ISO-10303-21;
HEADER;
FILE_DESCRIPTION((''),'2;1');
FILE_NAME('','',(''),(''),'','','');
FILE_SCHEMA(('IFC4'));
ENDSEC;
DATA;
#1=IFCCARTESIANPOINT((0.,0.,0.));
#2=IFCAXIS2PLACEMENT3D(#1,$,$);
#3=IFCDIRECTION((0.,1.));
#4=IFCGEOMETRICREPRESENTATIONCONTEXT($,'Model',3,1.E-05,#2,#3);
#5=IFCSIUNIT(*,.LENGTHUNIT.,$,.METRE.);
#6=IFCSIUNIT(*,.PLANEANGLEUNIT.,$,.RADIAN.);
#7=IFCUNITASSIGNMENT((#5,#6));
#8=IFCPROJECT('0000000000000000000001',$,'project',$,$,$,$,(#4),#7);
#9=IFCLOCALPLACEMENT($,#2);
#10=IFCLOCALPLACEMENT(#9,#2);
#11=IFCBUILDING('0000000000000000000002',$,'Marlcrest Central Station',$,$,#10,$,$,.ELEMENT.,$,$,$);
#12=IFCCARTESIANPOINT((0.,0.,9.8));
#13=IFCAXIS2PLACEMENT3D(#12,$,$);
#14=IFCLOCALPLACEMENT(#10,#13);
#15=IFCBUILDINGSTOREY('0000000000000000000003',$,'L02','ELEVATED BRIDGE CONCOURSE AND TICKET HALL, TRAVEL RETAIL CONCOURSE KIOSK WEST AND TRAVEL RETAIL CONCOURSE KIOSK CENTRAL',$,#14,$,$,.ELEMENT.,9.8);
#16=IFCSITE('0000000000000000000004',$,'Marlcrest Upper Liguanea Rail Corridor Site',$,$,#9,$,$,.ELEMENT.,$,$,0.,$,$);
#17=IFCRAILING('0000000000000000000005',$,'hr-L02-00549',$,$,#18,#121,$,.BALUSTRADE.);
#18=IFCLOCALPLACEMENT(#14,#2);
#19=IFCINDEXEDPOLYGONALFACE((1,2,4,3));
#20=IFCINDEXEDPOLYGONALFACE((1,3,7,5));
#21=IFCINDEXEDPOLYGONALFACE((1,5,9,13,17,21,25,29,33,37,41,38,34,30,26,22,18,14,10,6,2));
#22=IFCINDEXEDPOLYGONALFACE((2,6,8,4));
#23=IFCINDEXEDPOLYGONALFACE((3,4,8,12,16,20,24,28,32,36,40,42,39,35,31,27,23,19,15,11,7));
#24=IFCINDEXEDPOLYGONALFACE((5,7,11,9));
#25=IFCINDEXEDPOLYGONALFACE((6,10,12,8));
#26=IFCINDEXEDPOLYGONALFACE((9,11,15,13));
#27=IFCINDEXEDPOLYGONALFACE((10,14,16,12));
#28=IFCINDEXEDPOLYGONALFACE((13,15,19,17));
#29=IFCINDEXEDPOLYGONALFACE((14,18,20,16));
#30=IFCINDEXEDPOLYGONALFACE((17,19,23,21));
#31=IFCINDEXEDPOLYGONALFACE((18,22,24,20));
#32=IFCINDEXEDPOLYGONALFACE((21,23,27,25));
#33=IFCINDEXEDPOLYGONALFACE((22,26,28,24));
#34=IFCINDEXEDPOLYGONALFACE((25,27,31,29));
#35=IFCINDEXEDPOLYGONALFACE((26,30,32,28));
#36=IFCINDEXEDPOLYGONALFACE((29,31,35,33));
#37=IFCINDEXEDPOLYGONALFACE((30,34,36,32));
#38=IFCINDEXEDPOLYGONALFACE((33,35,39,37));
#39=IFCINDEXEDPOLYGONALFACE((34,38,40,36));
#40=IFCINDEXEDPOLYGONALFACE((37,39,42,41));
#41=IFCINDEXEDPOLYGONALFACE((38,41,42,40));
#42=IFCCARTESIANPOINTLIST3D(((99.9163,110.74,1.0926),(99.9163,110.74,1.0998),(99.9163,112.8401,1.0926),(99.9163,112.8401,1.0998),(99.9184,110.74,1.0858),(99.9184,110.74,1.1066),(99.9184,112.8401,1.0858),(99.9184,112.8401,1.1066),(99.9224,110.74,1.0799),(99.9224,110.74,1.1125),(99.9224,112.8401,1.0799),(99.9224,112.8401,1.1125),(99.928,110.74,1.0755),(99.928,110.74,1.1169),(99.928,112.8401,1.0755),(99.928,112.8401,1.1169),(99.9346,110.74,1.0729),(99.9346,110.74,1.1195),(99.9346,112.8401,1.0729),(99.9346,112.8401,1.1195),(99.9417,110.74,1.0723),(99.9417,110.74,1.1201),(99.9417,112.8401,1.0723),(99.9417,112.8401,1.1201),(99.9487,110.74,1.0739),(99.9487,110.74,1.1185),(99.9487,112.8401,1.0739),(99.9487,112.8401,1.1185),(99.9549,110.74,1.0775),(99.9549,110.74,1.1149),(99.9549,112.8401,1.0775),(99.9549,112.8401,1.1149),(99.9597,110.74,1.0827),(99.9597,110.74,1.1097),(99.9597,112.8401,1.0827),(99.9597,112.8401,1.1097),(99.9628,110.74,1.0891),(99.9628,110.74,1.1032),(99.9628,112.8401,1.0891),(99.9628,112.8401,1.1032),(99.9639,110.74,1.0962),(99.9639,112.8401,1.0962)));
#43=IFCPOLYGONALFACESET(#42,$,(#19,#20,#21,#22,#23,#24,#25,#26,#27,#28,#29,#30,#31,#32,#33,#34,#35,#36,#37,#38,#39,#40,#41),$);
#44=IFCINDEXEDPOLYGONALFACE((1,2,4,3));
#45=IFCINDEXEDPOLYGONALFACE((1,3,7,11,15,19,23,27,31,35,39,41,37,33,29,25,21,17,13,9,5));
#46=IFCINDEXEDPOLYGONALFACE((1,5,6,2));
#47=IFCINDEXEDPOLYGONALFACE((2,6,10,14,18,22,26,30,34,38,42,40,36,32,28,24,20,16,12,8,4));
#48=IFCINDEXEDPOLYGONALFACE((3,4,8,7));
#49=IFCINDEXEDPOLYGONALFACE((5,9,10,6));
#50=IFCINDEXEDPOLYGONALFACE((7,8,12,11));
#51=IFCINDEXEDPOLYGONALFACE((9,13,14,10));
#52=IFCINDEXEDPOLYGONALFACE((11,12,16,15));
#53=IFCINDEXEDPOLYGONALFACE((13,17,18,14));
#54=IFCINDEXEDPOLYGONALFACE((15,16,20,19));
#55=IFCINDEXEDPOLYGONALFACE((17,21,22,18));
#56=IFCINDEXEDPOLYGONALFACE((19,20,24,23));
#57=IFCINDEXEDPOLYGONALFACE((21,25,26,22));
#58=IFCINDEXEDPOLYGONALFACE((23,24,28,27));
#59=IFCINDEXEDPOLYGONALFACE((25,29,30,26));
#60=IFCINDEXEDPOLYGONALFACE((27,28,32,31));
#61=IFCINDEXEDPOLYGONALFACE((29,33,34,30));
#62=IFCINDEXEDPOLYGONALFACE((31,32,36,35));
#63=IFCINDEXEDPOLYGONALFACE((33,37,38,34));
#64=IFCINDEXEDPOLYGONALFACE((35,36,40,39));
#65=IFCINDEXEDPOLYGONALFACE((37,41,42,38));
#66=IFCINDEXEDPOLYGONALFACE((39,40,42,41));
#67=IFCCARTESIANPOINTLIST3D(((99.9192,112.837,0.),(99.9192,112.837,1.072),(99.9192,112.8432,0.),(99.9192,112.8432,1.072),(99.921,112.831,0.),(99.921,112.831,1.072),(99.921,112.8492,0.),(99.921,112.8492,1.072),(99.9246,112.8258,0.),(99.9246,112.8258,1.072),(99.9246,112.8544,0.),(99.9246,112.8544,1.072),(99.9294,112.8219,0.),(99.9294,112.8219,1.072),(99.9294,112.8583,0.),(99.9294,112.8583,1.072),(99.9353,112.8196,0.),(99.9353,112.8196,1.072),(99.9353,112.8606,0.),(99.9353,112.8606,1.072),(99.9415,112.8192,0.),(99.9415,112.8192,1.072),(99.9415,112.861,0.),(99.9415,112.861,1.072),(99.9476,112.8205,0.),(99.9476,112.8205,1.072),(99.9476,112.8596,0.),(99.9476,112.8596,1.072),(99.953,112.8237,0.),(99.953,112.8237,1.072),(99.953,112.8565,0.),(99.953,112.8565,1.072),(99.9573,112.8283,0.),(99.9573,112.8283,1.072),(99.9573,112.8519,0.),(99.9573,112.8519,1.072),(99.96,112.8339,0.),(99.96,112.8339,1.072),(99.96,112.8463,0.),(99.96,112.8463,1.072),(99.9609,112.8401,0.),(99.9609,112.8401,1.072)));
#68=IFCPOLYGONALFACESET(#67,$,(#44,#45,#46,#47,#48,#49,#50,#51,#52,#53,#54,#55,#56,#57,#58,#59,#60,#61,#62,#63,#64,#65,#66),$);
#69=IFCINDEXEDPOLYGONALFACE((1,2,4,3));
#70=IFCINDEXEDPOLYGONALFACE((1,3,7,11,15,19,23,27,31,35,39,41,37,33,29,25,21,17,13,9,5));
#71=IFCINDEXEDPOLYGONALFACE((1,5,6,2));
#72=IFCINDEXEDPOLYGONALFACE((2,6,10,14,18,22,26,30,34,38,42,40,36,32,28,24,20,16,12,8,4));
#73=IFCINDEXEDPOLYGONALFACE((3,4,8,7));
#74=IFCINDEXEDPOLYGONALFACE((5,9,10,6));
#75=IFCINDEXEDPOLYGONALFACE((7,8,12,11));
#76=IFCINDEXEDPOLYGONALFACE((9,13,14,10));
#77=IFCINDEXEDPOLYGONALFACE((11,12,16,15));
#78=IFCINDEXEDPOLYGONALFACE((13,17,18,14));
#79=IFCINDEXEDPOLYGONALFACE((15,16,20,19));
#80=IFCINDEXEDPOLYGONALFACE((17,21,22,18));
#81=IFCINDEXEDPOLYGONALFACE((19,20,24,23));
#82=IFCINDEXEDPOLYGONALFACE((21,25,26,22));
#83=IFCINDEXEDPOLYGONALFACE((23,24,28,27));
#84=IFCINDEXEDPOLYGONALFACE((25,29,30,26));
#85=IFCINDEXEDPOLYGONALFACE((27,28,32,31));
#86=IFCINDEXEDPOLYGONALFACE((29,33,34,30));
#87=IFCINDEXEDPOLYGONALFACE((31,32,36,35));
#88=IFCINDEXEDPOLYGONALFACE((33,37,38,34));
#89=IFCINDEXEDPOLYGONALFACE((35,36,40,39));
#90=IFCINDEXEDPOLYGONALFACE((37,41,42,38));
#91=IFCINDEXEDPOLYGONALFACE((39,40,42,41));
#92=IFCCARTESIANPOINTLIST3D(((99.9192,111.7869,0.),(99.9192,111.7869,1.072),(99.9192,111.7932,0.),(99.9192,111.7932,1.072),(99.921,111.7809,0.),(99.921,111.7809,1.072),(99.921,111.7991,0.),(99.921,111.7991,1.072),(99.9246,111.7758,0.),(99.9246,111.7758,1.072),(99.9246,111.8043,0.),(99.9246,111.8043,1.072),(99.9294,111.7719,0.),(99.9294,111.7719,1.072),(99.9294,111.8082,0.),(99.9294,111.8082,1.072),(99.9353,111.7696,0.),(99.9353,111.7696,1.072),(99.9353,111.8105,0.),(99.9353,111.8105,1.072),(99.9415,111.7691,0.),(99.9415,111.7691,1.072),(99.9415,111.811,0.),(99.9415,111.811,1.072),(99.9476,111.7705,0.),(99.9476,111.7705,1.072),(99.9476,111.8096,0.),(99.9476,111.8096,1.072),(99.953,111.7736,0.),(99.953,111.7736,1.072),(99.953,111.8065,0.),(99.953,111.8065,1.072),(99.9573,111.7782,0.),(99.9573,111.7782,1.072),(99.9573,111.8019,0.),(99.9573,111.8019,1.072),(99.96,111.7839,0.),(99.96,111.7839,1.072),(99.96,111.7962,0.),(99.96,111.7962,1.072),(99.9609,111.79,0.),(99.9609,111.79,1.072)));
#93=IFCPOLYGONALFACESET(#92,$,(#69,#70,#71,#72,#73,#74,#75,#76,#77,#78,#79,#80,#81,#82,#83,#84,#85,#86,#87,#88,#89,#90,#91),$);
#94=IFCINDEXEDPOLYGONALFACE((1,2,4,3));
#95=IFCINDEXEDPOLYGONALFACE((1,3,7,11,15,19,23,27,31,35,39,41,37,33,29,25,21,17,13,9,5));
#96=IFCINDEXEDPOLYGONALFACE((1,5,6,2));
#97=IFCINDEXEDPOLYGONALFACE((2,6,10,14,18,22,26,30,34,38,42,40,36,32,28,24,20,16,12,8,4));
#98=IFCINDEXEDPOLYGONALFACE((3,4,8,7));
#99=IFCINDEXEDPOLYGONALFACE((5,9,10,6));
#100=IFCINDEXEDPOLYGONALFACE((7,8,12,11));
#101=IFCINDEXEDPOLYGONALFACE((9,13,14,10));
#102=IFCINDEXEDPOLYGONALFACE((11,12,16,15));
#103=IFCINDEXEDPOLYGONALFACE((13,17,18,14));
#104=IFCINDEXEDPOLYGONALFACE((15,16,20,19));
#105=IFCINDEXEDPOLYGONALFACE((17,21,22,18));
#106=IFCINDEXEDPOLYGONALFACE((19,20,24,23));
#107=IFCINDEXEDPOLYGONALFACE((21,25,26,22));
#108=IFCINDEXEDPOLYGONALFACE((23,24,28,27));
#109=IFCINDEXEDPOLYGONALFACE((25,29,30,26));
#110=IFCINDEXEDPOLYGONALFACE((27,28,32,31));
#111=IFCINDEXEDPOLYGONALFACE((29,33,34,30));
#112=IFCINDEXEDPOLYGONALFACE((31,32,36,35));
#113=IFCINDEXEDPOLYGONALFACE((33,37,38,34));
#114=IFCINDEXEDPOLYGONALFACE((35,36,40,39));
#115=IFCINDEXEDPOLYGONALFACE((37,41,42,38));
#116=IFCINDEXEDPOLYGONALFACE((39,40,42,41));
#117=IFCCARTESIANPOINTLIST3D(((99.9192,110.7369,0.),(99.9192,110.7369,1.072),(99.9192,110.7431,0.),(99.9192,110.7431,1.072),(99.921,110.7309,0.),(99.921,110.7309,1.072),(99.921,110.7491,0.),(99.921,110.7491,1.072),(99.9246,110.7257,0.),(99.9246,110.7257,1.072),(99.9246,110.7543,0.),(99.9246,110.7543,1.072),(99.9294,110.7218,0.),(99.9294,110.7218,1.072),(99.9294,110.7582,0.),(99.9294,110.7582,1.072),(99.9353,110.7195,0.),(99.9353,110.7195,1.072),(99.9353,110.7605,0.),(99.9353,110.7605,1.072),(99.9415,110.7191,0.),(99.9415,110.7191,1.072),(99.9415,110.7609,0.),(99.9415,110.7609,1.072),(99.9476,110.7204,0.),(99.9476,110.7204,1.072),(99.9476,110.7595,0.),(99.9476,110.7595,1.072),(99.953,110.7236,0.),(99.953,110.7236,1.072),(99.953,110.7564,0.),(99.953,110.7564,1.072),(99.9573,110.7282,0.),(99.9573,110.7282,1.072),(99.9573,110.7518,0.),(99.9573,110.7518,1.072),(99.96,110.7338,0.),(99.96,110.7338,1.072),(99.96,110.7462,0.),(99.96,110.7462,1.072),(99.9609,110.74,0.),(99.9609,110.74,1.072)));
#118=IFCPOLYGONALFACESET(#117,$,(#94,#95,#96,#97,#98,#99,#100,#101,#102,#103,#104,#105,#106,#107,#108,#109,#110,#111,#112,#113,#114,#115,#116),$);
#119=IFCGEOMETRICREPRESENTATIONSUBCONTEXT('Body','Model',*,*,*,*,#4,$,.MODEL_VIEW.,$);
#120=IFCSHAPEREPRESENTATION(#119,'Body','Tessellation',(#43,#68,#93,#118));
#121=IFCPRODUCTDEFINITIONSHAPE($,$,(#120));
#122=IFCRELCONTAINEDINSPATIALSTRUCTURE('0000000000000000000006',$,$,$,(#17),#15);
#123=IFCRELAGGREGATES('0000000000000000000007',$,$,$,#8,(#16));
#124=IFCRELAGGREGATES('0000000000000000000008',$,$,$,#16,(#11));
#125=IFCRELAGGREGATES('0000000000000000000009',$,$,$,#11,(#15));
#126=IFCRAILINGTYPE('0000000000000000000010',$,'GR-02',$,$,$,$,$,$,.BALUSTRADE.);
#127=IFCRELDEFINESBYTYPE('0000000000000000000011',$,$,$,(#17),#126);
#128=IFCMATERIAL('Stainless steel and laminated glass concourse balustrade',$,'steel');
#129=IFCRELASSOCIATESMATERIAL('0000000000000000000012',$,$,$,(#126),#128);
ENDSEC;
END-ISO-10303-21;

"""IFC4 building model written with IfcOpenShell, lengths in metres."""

from ifc_helpers import new_model, si_unit, direction, frame, origin, origin_2d, place, context, subcontext, project, spatial, circle, extrude, material, type_object, element, save


model = new_model("IFC4")

# Units and contexts
model_context = context("Model", 3, precision=1e-05, world=origin(), true_north=direction((0.0, 1.0)))
body_context = subcontext(model_context, "Body", "Model", "MODEL_VIEW")
ifc_project = project(units=[si_unit("LENGTHUNIT", "METRE"), si_unit("PLANEANGLEUNIT", "RADIAN")], contexts=[model_context])

# Site, building, storey
site_placement = place(None, origin())
site = spatial("IfcSite", under=ifc_project, at=site_placement, Name="Marlcrest Upper Liguanea Rail Corridor Site", CompositionType="ELEMENT", RefElevation=0.0)
building_placement = place(site_placement, origin())
building = spatial("IfcBuilding", under=site, at=building_placement, Name="Marlcrest Central Station", CompositionType="ELEMENT")
storey_placement = place(building_placement, frame((0.0, 0.0, 9.8)))
storey = spatial("IfcBuildingStorey", under=building, at=storey_placement, Name="L02", Description="ELEVATED BRIDGE CONCOURSE AND TICKET HALL, TRAVEL RETAIL CONCOURSE KIOSK WEST AND TRAVEL RETAIL CONCOURSE KIOSK CENTRAL", CompositionType="ELEMENT", Elevation=9.8)

# Railing
ifc_material_1 = material(Name="Stainless steel and laminated glass concourse balustrade", Category="steel")
railing_type = type_object("IfcRailingType", Name="GR-02", PredefinedType="BALUSTRADE", material=ifc_material_1)
railing_1_placement = place(storey_placement, frame((99.9399, 112.8401, 0.0)))
element("IfcRailing", 1, at=railing_1_placement, inside=storey, type_object=railing_type, Name="hr-L02-00549", PredefinedType="BALUSTRADE", context=body_context, shape_type="SweptSolid", body=[
    extrude(circle(Radius=0.0239, at=origin_2d()), frame((0.0, 0.0, 1.0962), z_axis=(0.0, -1.0, 0.0), x_axis=(1.0, 0.0, 0.0)), (0.0, 0.0, 1.0), 2.1001),
    extrude(circle(Radius=0.021, at=origin_2d()), origin(), (0.0, 0.0, 1.0), 1.072),
    extrude(circle(Radius=0.021, at=origin_2d()), frame((0.0, -1.05, 0.0)), (0.0, 0.0, 1.0), 1.072),
    extrude(circle(Radius=0.021, at=origin_2d()), frame((0.0, -2.1001, 0.0)), (0.0, 0.0, 1.0), 1.072),
])

save(model, "model.ifc")
